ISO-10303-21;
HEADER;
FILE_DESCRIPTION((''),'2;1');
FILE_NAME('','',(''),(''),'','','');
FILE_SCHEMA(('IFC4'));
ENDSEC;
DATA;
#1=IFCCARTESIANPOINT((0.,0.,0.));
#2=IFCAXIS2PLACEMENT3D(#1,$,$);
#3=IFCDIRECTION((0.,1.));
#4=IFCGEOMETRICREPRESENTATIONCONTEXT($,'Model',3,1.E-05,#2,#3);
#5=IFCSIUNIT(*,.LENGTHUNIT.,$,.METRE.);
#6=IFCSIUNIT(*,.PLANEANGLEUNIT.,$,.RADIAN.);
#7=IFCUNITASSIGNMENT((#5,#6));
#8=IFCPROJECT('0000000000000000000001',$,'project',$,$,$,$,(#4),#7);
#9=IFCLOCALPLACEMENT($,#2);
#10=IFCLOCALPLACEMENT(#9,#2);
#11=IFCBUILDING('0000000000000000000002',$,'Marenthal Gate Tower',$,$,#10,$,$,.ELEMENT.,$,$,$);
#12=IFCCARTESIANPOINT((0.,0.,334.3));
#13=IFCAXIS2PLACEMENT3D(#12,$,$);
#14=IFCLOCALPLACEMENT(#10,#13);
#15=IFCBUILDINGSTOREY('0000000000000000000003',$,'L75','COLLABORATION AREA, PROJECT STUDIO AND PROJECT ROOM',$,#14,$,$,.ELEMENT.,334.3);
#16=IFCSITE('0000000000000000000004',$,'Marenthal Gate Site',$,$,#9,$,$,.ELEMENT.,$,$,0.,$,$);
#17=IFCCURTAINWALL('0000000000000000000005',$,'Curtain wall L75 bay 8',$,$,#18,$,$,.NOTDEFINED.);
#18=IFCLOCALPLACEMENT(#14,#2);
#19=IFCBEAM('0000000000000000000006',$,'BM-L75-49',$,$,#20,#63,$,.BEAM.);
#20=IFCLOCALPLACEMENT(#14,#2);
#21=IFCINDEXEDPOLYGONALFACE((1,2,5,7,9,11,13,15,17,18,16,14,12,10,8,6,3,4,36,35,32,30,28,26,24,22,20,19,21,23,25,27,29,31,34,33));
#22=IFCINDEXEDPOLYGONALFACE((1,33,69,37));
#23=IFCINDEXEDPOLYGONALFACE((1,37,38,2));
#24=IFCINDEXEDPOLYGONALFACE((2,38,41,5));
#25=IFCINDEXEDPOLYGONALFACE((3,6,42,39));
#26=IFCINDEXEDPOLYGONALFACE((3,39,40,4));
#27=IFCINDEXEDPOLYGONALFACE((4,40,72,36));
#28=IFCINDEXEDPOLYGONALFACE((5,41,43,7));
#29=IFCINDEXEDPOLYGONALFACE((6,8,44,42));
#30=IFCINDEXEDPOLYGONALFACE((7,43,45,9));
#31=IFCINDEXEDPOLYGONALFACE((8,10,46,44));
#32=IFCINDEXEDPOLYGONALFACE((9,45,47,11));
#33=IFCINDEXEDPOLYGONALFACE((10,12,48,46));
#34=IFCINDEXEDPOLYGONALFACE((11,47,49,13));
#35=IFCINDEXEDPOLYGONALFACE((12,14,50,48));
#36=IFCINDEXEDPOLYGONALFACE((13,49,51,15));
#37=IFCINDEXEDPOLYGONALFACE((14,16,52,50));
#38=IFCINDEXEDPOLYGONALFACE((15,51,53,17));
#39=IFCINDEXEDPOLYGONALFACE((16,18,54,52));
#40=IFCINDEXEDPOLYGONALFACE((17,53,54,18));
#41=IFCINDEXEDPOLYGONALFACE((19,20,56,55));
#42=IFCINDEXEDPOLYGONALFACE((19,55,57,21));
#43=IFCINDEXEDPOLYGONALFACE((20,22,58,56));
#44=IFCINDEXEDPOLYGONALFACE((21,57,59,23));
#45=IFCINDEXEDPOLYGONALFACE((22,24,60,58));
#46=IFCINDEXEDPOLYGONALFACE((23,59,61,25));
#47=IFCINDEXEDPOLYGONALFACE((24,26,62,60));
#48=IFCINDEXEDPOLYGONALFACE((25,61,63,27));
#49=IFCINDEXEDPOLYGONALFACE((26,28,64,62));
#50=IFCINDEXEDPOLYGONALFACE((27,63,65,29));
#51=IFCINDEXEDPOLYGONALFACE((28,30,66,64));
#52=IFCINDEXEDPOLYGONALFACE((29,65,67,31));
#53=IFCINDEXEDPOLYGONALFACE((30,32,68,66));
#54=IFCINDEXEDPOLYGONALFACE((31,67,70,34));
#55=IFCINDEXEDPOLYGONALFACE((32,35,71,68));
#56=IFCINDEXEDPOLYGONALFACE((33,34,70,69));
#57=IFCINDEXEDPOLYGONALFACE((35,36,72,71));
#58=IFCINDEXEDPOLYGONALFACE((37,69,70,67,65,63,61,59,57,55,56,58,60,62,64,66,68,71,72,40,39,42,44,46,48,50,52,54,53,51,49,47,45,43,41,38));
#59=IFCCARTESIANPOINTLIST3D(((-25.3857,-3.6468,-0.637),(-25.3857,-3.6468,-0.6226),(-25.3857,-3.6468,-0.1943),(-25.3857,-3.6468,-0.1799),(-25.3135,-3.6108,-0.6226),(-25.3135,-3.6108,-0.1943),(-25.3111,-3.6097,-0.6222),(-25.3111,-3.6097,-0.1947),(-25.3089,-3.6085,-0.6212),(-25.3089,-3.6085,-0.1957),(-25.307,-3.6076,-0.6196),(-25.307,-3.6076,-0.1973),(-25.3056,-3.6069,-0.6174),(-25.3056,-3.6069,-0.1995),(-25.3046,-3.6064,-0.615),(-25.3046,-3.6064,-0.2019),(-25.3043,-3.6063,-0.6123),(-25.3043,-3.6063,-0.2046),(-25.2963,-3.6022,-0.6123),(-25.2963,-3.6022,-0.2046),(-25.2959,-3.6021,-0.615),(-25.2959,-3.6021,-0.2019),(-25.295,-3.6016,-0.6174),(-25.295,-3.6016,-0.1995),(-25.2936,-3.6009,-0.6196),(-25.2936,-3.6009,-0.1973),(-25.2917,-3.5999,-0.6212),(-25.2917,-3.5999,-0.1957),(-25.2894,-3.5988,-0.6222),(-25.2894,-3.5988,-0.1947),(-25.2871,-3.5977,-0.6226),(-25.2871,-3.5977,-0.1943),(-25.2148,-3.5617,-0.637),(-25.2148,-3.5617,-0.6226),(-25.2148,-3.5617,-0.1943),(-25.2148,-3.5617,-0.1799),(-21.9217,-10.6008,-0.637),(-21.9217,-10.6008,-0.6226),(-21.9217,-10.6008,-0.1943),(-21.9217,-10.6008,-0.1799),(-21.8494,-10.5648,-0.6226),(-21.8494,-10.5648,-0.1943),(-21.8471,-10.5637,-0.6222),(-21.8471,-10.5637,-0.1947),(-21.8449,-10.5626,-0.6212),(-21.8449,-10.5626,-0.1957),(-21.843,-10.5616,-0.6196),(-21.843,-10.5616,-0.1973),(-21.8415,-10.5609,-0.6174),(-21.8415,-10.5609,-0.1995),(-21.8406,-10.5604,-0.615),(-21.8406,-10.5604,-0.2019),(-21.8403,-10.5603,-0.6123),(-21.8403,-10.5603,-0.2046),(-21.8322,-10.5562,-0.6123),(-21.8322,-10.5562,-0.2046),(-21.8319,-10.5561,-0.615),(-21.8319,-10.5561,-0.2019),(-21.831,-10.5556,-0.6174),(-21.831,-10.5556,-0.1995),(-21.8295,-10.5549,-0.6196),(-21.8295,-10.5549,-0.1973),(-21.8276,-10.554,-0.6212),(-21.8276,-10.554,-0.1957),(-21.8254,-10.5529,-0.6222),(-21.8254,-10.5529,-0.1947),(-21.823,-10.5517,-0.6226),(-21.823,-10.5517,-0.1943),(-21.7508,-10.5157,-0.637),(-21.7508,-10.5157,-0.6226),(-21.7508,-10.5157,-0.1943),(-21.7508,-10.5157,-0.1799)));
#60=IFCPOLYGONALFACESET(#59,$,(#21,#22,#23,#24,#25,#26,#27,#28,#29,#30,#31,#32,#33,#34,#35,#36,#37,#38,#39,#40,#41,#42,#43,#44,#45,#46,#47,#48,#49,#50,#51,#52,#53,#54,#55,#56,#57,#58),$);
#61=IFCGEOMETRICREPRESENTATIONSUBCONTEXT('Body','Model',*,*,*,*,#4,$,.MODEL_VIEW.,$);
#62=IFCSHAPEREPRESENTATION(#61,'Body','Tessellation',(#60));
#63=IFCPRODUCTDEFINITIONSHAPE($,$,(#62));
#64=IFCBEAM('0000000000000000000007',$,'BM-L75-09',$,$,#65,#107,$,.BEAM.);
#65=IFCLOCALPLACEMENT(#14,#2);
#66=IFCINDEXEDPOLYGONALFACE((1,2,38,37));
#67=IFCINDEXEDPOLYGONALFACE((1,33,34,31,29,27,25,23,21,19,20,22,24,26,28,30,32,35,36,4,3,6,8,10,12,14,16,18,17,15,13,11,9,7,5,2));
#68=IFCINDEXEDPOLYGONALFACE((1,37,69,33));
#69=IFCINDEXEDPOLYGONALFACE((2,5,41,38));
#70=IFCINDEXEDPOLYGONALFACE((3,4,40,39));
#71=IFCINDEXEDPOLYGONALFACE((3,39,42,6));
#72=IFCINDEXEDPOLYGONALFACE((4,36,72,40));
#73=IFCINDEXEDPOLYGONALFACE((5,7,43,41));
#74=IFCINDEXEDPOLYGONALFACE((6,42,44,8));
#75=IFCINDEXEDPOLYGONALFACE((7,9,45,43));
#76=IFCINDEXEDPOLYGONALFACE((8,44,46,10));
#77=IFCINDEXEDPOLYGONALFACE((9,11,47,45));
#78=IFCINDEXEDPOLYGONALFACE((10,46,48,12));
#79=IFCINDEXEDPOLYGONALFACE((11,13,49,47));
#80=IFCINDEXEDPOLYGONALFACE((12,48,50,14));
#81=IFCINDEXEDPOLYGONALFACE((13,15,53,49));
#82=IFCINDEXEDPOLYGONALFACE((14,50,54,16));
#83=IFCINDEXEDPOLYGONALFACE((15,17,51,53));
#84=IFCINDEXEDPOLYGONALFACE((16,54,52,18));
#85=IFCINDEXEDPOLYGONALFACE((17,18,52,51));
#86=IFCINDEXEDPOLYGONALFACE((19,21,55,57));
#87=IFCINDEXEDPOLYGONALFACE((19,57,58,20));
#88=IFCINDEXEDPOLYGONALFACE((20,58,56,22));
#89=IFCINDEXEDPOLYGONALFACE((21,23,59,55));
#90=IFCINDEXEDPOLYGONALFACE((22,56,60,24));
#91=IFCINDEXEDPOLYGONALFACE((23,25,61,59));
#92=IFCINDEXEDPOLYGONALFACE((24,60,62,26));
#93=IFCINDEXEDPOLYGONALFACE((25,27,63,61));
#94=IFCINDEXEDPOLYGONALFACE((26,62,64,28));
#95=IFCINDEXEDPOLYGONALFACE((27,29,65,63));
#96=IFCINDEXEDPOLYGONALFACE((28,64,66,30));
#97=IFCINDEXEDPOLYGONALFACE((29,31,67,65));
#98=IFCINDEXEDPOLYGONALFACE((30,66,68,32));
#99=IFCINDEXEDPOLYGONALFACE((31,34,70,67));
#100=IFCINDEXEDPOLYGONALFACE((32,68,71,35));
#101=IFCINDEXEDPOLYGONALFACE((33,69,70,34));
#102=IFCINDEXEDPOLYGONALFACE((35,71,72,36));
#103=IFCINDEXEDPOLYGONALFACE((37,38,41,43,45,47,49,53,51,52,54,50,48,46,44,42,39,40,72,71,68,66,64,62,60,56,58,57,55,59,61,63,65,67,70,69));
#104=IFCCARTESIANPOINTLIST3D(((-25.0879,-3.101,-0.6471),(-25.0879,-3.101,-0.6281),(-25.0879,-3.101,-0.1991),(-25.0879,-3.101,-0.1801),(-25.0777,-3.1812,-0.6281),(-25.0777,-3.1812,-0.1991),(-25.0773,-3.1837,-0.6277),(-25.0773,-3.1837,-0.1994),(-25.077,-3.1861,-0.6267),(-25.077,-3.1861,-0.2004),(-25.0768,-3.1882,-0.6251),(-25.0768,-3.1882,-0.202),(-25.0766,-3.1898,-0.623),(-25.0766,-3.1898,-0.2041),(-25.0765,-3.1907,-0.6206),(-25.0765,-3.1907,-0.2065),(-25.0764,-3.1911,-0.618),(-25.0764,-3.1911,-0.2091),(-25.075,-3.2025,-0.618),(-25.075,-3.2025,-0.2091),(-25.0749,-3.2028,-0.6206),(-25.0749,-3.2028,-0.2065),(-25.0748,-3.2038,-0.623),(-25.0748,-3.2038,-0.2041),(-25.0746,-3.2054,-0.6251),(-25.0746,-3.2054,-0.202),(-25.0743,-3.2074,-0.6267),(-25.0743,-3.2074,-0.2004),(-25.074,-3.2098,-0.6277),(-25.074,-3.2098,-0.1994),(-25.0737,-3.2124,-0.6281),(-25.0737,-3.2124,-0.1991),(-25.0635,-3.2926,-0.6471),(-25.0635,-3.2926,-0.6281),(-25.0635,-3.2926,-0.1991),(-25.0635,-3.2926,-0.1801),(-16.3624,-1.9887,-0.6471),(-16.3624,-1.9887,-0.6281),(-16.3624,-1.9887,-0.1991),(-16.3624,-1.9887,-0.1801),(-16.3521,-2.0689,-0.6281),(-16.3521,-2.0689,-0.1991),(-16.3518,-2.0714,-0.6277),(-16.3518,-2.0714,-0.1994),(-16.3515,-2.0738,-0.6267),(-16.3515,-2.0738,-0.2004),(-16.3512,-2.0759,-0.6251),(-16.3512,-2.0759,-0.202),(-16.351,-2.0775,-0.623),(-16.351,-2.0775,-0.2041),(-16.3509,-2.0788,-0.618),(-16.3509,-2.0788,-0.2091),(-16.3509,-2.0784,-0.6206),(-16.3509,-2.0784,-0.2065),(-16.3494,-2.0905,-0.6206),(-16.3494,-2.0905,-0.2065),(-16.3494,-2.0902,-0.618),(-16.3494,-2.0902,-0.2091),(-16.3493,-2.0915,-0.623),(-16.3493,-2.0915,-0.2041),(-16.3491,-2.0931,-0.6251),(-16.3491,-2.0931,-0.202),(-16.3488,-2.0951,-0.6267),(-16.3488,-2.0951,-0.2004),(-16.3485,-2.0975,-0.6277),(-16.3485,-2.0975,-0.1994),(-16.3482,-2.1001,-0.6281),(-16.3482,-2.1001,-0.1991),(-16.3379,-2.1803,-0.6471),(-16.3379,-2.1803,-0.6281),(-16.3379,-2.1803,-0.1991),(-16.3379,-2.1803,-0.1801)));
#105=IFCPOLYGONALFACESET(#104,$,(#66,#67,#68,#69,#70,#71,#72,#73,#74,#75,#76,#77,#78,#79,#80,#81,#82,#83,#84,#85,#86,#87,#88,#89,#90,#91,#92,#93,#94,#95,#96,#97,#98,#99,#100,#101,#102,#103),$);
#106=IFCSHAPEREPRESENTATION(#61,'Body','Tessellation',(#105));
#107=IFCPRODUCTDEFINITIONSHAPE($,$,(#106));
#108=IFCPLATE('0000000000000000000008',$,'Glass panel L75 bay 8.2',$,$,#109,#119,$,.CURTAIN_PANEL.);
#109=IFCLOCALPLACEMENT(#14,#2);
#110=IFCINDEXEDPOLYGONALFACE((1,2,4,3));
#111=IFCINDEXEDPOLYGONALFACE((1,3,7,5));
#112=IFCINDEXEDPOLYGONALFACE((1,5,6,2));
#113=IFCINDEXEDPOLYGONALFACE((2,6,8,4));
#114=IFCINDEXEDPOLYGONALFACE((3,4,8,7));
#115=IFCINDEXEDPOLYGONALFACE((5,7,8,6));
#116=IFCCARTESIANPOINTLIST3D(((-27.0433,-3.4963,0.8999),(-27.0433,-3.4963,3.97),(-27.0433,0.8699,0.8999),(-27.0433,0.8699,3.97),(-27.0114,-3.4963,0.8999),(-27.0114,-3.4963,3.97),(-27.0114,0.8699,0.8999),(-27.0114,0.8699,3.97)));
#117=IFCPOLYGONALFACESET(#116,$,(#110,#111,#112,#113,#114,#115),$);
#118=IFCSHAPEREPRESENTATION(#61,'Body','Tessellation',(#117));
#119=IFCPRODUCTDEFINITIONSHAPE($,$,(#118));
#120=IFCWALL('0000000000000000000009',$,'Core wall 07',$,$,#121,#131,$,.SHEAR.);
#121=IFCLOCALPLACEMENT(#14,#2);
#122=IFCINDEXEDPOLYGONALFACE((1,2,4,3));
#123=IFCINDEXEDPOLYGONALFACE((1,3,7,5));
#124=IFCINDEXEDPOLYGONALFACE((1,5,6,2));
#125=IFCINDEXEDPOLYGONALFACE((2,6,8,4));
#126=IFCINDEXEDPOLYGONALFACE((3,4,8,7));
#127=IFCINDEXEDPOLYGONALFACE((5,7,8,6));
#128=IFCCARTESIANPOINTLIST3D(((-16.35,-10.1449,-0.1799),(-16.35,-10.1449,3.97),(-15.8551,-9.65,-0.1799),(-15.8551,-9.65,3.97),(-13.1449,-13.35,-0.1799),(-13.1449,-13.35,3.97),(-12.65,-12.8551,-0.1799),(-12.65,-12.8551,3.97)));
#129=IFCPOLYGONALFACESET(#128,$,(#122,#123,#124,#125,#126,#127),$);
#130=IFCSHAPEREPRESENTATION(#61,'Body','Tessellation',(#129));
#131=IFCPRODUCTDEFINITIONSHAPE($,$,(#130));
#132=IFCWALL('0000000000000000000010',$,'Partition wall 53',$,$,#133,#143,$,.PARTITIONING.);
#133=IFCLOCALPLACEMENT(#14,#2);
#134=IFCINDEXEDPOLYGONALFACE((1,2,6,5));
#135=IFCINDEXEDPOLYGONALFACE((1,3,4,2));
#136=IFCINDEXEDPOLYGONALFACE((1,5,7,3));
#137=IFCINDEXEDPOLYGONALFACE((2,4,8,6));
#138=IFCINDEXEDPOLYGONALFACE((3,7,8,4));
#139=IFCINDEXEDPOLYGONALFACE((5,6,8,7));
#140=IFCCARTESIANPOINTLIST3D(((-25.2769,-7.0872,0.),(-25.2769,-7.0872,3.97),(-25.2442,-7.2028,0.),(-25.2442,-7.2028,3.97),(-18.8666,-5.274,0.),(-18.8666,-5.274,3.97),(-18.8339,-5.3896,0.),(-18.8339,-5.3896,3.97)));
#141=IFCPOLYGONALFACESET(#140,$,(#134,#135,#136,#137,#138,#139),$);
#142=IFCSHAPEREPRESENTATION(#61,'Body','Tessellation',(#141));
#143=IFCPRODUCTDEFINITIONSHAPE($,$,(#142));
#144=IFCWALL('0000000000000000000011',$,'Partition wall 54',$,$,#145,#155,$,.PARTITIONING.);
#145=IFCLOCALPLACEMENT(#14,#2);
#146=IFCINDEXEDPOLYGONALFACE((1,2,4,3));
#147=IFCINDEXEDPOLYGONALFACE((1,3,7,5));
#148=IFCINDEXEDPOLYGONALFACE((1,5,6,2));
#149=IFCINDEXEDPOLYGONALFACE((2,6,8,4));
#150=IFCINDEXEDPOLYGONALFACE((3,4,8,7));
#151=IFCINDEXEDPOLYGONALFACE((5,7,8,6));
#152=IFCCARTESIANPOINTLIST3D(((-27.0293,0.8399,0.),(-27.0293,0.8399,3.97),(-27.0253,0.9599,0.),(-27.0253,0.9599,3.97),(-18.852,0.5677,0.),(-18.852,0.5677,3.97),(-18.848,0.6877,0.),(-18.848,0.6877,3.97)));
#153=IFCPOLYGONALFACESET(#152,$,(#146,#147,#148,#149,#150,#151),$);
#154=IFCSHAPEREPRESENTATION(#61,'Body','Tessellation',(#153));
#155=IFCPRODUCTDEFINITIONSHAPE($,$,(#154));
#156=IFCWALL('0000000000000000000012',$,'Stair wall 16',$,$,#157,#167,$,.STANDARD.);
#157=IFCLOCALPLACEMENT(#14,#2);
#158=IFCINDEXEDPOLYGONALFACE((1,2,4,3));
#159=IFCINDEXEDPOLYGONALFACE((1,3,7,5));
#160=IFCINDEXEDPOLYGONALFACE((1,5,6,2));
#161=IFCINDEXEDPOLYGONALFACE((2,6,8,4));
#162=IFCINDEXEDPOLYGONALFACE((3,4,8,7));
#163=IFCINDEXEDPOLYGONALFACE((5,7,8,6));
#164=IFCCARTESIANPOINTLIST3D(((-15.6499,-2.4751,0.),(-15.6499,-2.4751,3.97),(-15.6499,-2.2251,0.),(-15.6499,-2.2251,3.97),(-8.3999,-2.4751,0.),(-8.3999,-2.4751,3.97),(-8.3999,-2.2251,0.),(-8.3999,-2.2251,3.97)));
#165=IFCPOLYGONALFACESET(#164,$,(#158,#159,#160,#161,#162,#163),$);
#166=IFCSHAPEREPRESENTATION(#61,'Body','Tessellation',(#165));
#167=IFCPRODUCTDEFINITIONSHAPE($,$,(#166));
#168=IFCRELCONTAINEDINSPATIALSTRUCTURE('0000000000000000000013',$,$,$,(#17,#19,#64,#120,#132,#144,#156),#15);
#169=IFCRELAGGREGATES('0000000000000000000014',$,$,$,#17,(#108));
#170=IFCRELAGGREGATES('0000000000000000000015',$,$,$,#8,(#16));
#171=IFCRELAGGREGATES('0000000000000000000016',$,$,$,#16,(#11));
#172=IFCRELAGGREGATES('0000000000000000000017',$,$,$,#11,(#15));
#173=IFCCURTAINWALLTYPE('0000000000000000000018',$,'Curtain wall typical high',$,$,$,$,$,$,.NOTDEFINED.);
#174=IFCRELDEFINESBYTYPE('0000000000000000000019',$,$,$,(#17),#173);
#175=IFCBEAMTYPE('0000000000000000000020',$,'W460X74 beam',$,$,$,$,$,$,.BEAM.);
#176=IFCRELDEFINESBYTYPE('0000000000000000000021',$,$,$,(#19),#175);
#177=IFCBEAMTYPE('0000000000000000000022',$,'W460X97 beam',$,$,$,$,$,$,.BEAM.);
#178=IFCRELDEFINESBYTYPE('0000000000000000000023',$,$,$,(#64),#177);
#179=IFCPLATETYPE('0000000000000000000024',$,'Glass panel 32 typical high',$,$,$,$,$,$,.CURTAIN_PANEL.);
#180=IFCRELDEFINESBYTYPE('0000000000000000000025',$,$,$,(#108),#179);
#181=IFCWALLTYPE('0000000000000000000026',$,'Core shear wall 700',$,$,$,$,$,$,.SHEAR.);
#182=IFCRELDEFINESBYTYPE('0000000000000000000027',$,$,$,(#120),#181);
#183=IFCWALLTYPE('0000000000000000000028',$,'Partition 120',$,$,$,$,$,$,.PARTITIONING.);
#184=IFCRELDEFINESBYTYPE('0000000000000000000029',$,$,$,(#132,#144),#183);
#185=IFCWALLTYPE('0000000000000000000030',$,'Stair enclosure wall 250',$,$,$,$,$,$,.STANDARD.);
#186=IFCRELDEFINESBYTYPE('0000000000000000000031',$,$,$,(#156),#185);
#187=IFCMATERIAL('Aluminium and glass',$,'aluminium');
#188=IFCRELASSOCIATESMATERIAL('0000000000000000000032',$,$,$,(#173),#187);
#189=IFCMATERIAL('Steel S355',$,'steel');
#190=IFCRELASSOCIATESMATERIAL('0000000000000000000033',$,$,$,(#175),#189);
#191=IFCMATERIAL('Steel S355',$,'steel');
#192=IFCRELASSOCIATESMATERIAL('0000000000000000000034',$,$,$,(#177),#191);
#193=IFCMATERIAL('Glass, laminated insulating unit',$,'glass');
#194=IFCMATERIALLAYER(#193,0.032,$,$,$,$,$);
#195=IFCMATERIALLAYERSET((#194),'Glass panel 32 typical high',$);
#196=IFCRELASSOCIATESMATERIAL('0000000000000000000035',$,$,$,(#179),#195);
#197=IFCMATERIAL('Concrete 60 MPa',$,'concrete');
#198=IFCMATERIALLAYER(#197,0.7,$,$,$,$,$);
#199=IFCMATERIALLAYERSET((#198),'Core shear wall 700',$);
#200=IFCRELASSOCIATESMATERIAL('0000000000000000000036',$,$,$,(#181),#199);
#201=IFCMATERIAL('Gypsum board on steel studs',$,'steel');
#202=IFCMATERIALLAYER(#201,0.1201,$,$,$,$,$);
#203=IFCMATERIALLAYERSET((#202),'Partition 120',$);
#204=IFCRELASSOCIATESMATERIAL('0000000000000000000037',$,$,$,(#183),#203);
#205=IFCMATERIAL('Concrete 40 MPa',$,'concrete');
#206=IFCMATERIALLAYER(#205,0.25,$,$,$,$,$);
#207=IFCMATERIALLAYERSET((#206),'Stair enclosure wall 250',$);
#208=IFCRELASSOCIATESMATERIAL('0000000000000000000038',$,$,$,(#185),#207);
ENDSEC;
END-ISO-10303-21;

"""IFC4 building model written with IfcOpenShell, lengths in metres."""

from ifc_helpers import new_model, si_unit, direction, frame, frame_2d, origin, origin_2d, place, context, subcontext, project, spatial, rectangle, i_section, extrude, material, layer, layer_set, material_profile, profile_set, type_object, element, aggregate, save


model = new_model("IFC4")

# Units and contexts
model_context = context("Model", 3, precision=1e-05, world=origin(), true_north=direction((0.0, 1.0)))
body_context = subcontext(model_context, "Body", "Model", "MODEL_VIEW")
ifc_project = project(units=[si_unit("LENGTHUNIT", "METRE"), si_unit("PLANEANGLEUNIT", "RADIAN")], contexts=[model_context])

# Site, building, storey
site_placement = place(None, origin())
site = spatial("IfcSite", under=ifc_project, at=site_placement, Name="Marenthal Gate Site", CompositionType="ELEMENT", RefElevation=0.0)
building_placement = place(site_placement, origin())
building = spatial("IfcBuilding", under=site, at=building_placement, Name="Marenthal Gate Tower", CompositionType="ELEMENT")
storey_placement = place(building_placement, frame((0.0, 0.0, 334.3)))
storey = spatial("IfcBuildingStorey", under=building, at=storey_placement, Name="L75", Description="COLLABORATION AREA, PROJECT STUDIO AND PROJECT ROOM", CompositionType="ELEMENT", Elevation=334.3)

# Curtain wall
ifc_material_1 = material(Name="Aluminium and glass", Category="aluminium")
curtain_wall_type = type_object("IfcCurtainWallType", Name="Curtain wall typical high", PredefinedType="NOTDEFINED", material=ifc_material_1)
curtain_wall_placement = place(storey_placement, origin())
curtain_wall = element("IfcCurtainWall", 1, at=curtain_wall_placement, inside=storey, type_object=curtain_wall_type, Name="Curtain wall L75 bay 8", PredefinedType="NOTDEFINED")

# Beams
ifc_material_2 = material(Name="Steel S355", Category="steel")
ifc_material_profile_1 = material_profile(ifc_material_2, i_section(OverallWidth=0.1909, OverallDepth=0.457, WebThickness=0.009, FlangeThickness=0.0144, FilletRadius=0.0103, at=origin_2d()), Name="W460X74")
ifc_profile_set_1 = profile_set([ifc_material_profile_1], Name="Steel S355")
beam_type_1 = type_object("IfcBeamType", Name="W460X74 beam", PredefinedType="BEAM", material=ifc_profile_set_1)
beam_1_placement = place(storey_placement, frame((-25.3003, -3.6042, -0.4084), z_axis=(0.445881, -0.895092, 0.0), x_axis=(0.895092, 0.445881, 0.0)))
element("IfcBeam", 2, at=beam_1_placement, inside=storey, type_object=beam_type_1, Name="BM-L75-49", PredefinedType="BEAM", context=body_context, shape_type="SweptSolid", body=[
    extrude(i_section(OverallWidth=0.1909, OverallDepth=0.457, WebThickness=0.009, FlangeThickness=0.0144, FilletRadius=0.0103, at=origin_2d()), origin(), (0.0, 0.0, 1.0), 7.769),
])
ifc_material_3 = material(Name="Steel S355", Category="steel")
ifc_material_profile_2 = material_profile(ifc_material_3, i_section(OverallWidth=0.1931, OverallDepth=0.467, WebThickness=0.0115, FlangeThickness=0.019, FilletRadius=0.01, at=origin_2d()), Name="W460X97")
ifc_profile_set_2 = profile_set([ifc_material_profile_2], Name="Steel S355")
beam_type_2 = type_object("IfcBeamType", Name="W460X97 beam", PredefinedType="BEAM", material=ifc_profile_set_2)
beam_2_placement = place(storey_placement, frame((-25.0757, -3.1968, -0.4136), z_axis=(0.991973, 0.126453, 0.0), x_axis=(-0.126453, 0.991973, 0.0)))
element("IfcBeam", 3, at=beam_2_placement, inside=storey, type_object=beam_type_2, Name="BM-L75-09", PredefinedType="BEAM", context=body_context, shape_type="SweptSolid", body=[
    extrude(i_section(OverallWidth=0.1931, OverallDepth=0.467, WebThickness=0.0115, FlangeThickness=0.019, FilletRadius=0.01, at=origin_2d()), origin(), (0.0, 0.0, 1.0), 8.7961),
])

# Plate
ifc_material_4 = material(Name="Glass, laminated insulating unit", Category="glass")
ifc_layer_1 = layer(ifc_material_4, 0.032)
ifc_layer_set_1 = layer_set([ifc_layer_1], Name="Glass panel 32 typical high")
plate_type = type_object("IfcPlateType", Name="Glass panel 32 typical high", PredefinedType="CURTAIN_PANEL", material=ifc_layer_set_1)
plate_placement = place(storey_placement, frame((-27.0273, -1.3132, 0.8999), z_axis=(0.0, 0.0, 1.0), x_axis=(0.0, -1.0, 0.0)))
plate = element("IfcPlate", 4, at=plate_placement, type_object=plate_type, Name="Glass panel L75 bay 8.2", PredefinedType="CURTAIN_PANEL", context=body_context, shape_type="SweptSolid", body=[
    extrude(rectangle(XDim=4.3662, YDim=0.032, at=origin_2d()), origin(), (0.0, 0.0, 1.0), 3.0701),
])
aggregate(curtain_wall, [plate])

# Walls
ifc_material_5 = material(Name="Concrete 60 MPa", Category="concrete")
ifc_layer_2 = layer(ifc_material_5, 0.7)
ifc_layer_set_2 = layer_set([ifc_layer_2], Name="Core shear wall 700")
wall_type_1 = type_object("IfcWallType", Name="Core shear wall 700", PredefinedType="SHEAR", material=ifc_layer_set_2)
wall_1_placement = place(storey_placement, frame((-16.1025, -9.8975, -0.1799), z_axis=(0.0, 0.0, 1.0), x_axis=(0.707107, -0.707107, 0.0)))
element("IfcWall", 5, at=wall_1_placement, inside=storey, type_object=wall_type_1, Name="Core wall 07", PredefinedType="SHEAR", context=body_context, shape_type="SweptSolid", body=[
    extrude(rectangle(XDim=4.5327, YDim=0.7, at=frame_2d((2.2664, 0.0))), origin(), (0.0, 0.0, 1.0), 4.1499),
])
ifc_material_6 = material(Name="Gypsum board on steel studs", Category="steel")
ifc_layer_3 = layer(ifc_material_6, 0.1201)
ifc_layer_set_3 = layer_set([ifc_layer_3], Name="Partition 120")
wall_type_2 = type_object("IfcWallType", Name="Partition 120", PredefinedType="PARTITIONING", material=ifc_layer_set_3)
wall_2_placement = place(storey_placement, frame((-18.8501, -5.3318, 0.0), z_axis=(0.0, 0.0, 1.0), x_axis=(-0.962247, -0.272179, 0.0)))
element("IfcWall", 6, at=wall_2_placement, inside=storey, type_object=wall_type_2, Name="Partition wall 53", PredefinedType="PARTITIONING", context=body_context, shape_type="SweptSolid", body=[
    extrude(rectangle(XDim=6.6619, YDim=0.1201, at=frame_2d((3.3311, 0.0))), origin(), (0.0, 0.0, 1.0), 3.97),
])
wall_3_placement = place(storey_placement, frame((-18.8501, 0.6277, 0.0), z_axis=(0.0, 0.0, 1.0), x_axis=(-0.999446, 0.033271, 0.0)))
element("IfcWall", 7, at=wall_3_placement, inside=storey, type_object=wall_type_2, Name="Partition wall 54", PredefinedType="PARTITIONING", context=body_context, shape_type="SweptSolid", body=[
    extrude(rectangle(XDim=8.1819, YDim=0.1201, at=frame_2d((4.0908, 0.0))), origin(), (0.0, 0.0, 1.0), 3.97),
])
ifc_material_7 = material(Name="Concrete 40 MPa", Category="concrete")
ifc_layer_4 = layer(ifc_material_7, 0.25)
ifc_layer_set_4 = layer_set([ifc_layer_4], Name="Stair enclosure wall 250")
wall_type_3 = type_object("IfcWallType", Name="Stair enclosure wall 250", PredefinedType="STANDARD", material=ifc_layer_set_4)
wall_4_placement = place(storey_placement, frame((-15.6499, -2.3501, 0.0), z_axis=(0.0, 0.0, 1.0), x_axis=(1.0, 0.0, 0.0)))
element("IfcWall", 8, at=wall_4_placement, inside=storey, type_object=wall_type_3, Name="Stair wall 16", PredefinedType="STANDARD", context=body_context, shape_type="SweptSolid", body=[
    extrude(rectangle(XDim=7.25, YDim=0.25, at=frame_2d((3.625, 0.0))), origin(), (0.0, 0.0, 1.0), 3.97),
])

save(model, "model.ifc")
